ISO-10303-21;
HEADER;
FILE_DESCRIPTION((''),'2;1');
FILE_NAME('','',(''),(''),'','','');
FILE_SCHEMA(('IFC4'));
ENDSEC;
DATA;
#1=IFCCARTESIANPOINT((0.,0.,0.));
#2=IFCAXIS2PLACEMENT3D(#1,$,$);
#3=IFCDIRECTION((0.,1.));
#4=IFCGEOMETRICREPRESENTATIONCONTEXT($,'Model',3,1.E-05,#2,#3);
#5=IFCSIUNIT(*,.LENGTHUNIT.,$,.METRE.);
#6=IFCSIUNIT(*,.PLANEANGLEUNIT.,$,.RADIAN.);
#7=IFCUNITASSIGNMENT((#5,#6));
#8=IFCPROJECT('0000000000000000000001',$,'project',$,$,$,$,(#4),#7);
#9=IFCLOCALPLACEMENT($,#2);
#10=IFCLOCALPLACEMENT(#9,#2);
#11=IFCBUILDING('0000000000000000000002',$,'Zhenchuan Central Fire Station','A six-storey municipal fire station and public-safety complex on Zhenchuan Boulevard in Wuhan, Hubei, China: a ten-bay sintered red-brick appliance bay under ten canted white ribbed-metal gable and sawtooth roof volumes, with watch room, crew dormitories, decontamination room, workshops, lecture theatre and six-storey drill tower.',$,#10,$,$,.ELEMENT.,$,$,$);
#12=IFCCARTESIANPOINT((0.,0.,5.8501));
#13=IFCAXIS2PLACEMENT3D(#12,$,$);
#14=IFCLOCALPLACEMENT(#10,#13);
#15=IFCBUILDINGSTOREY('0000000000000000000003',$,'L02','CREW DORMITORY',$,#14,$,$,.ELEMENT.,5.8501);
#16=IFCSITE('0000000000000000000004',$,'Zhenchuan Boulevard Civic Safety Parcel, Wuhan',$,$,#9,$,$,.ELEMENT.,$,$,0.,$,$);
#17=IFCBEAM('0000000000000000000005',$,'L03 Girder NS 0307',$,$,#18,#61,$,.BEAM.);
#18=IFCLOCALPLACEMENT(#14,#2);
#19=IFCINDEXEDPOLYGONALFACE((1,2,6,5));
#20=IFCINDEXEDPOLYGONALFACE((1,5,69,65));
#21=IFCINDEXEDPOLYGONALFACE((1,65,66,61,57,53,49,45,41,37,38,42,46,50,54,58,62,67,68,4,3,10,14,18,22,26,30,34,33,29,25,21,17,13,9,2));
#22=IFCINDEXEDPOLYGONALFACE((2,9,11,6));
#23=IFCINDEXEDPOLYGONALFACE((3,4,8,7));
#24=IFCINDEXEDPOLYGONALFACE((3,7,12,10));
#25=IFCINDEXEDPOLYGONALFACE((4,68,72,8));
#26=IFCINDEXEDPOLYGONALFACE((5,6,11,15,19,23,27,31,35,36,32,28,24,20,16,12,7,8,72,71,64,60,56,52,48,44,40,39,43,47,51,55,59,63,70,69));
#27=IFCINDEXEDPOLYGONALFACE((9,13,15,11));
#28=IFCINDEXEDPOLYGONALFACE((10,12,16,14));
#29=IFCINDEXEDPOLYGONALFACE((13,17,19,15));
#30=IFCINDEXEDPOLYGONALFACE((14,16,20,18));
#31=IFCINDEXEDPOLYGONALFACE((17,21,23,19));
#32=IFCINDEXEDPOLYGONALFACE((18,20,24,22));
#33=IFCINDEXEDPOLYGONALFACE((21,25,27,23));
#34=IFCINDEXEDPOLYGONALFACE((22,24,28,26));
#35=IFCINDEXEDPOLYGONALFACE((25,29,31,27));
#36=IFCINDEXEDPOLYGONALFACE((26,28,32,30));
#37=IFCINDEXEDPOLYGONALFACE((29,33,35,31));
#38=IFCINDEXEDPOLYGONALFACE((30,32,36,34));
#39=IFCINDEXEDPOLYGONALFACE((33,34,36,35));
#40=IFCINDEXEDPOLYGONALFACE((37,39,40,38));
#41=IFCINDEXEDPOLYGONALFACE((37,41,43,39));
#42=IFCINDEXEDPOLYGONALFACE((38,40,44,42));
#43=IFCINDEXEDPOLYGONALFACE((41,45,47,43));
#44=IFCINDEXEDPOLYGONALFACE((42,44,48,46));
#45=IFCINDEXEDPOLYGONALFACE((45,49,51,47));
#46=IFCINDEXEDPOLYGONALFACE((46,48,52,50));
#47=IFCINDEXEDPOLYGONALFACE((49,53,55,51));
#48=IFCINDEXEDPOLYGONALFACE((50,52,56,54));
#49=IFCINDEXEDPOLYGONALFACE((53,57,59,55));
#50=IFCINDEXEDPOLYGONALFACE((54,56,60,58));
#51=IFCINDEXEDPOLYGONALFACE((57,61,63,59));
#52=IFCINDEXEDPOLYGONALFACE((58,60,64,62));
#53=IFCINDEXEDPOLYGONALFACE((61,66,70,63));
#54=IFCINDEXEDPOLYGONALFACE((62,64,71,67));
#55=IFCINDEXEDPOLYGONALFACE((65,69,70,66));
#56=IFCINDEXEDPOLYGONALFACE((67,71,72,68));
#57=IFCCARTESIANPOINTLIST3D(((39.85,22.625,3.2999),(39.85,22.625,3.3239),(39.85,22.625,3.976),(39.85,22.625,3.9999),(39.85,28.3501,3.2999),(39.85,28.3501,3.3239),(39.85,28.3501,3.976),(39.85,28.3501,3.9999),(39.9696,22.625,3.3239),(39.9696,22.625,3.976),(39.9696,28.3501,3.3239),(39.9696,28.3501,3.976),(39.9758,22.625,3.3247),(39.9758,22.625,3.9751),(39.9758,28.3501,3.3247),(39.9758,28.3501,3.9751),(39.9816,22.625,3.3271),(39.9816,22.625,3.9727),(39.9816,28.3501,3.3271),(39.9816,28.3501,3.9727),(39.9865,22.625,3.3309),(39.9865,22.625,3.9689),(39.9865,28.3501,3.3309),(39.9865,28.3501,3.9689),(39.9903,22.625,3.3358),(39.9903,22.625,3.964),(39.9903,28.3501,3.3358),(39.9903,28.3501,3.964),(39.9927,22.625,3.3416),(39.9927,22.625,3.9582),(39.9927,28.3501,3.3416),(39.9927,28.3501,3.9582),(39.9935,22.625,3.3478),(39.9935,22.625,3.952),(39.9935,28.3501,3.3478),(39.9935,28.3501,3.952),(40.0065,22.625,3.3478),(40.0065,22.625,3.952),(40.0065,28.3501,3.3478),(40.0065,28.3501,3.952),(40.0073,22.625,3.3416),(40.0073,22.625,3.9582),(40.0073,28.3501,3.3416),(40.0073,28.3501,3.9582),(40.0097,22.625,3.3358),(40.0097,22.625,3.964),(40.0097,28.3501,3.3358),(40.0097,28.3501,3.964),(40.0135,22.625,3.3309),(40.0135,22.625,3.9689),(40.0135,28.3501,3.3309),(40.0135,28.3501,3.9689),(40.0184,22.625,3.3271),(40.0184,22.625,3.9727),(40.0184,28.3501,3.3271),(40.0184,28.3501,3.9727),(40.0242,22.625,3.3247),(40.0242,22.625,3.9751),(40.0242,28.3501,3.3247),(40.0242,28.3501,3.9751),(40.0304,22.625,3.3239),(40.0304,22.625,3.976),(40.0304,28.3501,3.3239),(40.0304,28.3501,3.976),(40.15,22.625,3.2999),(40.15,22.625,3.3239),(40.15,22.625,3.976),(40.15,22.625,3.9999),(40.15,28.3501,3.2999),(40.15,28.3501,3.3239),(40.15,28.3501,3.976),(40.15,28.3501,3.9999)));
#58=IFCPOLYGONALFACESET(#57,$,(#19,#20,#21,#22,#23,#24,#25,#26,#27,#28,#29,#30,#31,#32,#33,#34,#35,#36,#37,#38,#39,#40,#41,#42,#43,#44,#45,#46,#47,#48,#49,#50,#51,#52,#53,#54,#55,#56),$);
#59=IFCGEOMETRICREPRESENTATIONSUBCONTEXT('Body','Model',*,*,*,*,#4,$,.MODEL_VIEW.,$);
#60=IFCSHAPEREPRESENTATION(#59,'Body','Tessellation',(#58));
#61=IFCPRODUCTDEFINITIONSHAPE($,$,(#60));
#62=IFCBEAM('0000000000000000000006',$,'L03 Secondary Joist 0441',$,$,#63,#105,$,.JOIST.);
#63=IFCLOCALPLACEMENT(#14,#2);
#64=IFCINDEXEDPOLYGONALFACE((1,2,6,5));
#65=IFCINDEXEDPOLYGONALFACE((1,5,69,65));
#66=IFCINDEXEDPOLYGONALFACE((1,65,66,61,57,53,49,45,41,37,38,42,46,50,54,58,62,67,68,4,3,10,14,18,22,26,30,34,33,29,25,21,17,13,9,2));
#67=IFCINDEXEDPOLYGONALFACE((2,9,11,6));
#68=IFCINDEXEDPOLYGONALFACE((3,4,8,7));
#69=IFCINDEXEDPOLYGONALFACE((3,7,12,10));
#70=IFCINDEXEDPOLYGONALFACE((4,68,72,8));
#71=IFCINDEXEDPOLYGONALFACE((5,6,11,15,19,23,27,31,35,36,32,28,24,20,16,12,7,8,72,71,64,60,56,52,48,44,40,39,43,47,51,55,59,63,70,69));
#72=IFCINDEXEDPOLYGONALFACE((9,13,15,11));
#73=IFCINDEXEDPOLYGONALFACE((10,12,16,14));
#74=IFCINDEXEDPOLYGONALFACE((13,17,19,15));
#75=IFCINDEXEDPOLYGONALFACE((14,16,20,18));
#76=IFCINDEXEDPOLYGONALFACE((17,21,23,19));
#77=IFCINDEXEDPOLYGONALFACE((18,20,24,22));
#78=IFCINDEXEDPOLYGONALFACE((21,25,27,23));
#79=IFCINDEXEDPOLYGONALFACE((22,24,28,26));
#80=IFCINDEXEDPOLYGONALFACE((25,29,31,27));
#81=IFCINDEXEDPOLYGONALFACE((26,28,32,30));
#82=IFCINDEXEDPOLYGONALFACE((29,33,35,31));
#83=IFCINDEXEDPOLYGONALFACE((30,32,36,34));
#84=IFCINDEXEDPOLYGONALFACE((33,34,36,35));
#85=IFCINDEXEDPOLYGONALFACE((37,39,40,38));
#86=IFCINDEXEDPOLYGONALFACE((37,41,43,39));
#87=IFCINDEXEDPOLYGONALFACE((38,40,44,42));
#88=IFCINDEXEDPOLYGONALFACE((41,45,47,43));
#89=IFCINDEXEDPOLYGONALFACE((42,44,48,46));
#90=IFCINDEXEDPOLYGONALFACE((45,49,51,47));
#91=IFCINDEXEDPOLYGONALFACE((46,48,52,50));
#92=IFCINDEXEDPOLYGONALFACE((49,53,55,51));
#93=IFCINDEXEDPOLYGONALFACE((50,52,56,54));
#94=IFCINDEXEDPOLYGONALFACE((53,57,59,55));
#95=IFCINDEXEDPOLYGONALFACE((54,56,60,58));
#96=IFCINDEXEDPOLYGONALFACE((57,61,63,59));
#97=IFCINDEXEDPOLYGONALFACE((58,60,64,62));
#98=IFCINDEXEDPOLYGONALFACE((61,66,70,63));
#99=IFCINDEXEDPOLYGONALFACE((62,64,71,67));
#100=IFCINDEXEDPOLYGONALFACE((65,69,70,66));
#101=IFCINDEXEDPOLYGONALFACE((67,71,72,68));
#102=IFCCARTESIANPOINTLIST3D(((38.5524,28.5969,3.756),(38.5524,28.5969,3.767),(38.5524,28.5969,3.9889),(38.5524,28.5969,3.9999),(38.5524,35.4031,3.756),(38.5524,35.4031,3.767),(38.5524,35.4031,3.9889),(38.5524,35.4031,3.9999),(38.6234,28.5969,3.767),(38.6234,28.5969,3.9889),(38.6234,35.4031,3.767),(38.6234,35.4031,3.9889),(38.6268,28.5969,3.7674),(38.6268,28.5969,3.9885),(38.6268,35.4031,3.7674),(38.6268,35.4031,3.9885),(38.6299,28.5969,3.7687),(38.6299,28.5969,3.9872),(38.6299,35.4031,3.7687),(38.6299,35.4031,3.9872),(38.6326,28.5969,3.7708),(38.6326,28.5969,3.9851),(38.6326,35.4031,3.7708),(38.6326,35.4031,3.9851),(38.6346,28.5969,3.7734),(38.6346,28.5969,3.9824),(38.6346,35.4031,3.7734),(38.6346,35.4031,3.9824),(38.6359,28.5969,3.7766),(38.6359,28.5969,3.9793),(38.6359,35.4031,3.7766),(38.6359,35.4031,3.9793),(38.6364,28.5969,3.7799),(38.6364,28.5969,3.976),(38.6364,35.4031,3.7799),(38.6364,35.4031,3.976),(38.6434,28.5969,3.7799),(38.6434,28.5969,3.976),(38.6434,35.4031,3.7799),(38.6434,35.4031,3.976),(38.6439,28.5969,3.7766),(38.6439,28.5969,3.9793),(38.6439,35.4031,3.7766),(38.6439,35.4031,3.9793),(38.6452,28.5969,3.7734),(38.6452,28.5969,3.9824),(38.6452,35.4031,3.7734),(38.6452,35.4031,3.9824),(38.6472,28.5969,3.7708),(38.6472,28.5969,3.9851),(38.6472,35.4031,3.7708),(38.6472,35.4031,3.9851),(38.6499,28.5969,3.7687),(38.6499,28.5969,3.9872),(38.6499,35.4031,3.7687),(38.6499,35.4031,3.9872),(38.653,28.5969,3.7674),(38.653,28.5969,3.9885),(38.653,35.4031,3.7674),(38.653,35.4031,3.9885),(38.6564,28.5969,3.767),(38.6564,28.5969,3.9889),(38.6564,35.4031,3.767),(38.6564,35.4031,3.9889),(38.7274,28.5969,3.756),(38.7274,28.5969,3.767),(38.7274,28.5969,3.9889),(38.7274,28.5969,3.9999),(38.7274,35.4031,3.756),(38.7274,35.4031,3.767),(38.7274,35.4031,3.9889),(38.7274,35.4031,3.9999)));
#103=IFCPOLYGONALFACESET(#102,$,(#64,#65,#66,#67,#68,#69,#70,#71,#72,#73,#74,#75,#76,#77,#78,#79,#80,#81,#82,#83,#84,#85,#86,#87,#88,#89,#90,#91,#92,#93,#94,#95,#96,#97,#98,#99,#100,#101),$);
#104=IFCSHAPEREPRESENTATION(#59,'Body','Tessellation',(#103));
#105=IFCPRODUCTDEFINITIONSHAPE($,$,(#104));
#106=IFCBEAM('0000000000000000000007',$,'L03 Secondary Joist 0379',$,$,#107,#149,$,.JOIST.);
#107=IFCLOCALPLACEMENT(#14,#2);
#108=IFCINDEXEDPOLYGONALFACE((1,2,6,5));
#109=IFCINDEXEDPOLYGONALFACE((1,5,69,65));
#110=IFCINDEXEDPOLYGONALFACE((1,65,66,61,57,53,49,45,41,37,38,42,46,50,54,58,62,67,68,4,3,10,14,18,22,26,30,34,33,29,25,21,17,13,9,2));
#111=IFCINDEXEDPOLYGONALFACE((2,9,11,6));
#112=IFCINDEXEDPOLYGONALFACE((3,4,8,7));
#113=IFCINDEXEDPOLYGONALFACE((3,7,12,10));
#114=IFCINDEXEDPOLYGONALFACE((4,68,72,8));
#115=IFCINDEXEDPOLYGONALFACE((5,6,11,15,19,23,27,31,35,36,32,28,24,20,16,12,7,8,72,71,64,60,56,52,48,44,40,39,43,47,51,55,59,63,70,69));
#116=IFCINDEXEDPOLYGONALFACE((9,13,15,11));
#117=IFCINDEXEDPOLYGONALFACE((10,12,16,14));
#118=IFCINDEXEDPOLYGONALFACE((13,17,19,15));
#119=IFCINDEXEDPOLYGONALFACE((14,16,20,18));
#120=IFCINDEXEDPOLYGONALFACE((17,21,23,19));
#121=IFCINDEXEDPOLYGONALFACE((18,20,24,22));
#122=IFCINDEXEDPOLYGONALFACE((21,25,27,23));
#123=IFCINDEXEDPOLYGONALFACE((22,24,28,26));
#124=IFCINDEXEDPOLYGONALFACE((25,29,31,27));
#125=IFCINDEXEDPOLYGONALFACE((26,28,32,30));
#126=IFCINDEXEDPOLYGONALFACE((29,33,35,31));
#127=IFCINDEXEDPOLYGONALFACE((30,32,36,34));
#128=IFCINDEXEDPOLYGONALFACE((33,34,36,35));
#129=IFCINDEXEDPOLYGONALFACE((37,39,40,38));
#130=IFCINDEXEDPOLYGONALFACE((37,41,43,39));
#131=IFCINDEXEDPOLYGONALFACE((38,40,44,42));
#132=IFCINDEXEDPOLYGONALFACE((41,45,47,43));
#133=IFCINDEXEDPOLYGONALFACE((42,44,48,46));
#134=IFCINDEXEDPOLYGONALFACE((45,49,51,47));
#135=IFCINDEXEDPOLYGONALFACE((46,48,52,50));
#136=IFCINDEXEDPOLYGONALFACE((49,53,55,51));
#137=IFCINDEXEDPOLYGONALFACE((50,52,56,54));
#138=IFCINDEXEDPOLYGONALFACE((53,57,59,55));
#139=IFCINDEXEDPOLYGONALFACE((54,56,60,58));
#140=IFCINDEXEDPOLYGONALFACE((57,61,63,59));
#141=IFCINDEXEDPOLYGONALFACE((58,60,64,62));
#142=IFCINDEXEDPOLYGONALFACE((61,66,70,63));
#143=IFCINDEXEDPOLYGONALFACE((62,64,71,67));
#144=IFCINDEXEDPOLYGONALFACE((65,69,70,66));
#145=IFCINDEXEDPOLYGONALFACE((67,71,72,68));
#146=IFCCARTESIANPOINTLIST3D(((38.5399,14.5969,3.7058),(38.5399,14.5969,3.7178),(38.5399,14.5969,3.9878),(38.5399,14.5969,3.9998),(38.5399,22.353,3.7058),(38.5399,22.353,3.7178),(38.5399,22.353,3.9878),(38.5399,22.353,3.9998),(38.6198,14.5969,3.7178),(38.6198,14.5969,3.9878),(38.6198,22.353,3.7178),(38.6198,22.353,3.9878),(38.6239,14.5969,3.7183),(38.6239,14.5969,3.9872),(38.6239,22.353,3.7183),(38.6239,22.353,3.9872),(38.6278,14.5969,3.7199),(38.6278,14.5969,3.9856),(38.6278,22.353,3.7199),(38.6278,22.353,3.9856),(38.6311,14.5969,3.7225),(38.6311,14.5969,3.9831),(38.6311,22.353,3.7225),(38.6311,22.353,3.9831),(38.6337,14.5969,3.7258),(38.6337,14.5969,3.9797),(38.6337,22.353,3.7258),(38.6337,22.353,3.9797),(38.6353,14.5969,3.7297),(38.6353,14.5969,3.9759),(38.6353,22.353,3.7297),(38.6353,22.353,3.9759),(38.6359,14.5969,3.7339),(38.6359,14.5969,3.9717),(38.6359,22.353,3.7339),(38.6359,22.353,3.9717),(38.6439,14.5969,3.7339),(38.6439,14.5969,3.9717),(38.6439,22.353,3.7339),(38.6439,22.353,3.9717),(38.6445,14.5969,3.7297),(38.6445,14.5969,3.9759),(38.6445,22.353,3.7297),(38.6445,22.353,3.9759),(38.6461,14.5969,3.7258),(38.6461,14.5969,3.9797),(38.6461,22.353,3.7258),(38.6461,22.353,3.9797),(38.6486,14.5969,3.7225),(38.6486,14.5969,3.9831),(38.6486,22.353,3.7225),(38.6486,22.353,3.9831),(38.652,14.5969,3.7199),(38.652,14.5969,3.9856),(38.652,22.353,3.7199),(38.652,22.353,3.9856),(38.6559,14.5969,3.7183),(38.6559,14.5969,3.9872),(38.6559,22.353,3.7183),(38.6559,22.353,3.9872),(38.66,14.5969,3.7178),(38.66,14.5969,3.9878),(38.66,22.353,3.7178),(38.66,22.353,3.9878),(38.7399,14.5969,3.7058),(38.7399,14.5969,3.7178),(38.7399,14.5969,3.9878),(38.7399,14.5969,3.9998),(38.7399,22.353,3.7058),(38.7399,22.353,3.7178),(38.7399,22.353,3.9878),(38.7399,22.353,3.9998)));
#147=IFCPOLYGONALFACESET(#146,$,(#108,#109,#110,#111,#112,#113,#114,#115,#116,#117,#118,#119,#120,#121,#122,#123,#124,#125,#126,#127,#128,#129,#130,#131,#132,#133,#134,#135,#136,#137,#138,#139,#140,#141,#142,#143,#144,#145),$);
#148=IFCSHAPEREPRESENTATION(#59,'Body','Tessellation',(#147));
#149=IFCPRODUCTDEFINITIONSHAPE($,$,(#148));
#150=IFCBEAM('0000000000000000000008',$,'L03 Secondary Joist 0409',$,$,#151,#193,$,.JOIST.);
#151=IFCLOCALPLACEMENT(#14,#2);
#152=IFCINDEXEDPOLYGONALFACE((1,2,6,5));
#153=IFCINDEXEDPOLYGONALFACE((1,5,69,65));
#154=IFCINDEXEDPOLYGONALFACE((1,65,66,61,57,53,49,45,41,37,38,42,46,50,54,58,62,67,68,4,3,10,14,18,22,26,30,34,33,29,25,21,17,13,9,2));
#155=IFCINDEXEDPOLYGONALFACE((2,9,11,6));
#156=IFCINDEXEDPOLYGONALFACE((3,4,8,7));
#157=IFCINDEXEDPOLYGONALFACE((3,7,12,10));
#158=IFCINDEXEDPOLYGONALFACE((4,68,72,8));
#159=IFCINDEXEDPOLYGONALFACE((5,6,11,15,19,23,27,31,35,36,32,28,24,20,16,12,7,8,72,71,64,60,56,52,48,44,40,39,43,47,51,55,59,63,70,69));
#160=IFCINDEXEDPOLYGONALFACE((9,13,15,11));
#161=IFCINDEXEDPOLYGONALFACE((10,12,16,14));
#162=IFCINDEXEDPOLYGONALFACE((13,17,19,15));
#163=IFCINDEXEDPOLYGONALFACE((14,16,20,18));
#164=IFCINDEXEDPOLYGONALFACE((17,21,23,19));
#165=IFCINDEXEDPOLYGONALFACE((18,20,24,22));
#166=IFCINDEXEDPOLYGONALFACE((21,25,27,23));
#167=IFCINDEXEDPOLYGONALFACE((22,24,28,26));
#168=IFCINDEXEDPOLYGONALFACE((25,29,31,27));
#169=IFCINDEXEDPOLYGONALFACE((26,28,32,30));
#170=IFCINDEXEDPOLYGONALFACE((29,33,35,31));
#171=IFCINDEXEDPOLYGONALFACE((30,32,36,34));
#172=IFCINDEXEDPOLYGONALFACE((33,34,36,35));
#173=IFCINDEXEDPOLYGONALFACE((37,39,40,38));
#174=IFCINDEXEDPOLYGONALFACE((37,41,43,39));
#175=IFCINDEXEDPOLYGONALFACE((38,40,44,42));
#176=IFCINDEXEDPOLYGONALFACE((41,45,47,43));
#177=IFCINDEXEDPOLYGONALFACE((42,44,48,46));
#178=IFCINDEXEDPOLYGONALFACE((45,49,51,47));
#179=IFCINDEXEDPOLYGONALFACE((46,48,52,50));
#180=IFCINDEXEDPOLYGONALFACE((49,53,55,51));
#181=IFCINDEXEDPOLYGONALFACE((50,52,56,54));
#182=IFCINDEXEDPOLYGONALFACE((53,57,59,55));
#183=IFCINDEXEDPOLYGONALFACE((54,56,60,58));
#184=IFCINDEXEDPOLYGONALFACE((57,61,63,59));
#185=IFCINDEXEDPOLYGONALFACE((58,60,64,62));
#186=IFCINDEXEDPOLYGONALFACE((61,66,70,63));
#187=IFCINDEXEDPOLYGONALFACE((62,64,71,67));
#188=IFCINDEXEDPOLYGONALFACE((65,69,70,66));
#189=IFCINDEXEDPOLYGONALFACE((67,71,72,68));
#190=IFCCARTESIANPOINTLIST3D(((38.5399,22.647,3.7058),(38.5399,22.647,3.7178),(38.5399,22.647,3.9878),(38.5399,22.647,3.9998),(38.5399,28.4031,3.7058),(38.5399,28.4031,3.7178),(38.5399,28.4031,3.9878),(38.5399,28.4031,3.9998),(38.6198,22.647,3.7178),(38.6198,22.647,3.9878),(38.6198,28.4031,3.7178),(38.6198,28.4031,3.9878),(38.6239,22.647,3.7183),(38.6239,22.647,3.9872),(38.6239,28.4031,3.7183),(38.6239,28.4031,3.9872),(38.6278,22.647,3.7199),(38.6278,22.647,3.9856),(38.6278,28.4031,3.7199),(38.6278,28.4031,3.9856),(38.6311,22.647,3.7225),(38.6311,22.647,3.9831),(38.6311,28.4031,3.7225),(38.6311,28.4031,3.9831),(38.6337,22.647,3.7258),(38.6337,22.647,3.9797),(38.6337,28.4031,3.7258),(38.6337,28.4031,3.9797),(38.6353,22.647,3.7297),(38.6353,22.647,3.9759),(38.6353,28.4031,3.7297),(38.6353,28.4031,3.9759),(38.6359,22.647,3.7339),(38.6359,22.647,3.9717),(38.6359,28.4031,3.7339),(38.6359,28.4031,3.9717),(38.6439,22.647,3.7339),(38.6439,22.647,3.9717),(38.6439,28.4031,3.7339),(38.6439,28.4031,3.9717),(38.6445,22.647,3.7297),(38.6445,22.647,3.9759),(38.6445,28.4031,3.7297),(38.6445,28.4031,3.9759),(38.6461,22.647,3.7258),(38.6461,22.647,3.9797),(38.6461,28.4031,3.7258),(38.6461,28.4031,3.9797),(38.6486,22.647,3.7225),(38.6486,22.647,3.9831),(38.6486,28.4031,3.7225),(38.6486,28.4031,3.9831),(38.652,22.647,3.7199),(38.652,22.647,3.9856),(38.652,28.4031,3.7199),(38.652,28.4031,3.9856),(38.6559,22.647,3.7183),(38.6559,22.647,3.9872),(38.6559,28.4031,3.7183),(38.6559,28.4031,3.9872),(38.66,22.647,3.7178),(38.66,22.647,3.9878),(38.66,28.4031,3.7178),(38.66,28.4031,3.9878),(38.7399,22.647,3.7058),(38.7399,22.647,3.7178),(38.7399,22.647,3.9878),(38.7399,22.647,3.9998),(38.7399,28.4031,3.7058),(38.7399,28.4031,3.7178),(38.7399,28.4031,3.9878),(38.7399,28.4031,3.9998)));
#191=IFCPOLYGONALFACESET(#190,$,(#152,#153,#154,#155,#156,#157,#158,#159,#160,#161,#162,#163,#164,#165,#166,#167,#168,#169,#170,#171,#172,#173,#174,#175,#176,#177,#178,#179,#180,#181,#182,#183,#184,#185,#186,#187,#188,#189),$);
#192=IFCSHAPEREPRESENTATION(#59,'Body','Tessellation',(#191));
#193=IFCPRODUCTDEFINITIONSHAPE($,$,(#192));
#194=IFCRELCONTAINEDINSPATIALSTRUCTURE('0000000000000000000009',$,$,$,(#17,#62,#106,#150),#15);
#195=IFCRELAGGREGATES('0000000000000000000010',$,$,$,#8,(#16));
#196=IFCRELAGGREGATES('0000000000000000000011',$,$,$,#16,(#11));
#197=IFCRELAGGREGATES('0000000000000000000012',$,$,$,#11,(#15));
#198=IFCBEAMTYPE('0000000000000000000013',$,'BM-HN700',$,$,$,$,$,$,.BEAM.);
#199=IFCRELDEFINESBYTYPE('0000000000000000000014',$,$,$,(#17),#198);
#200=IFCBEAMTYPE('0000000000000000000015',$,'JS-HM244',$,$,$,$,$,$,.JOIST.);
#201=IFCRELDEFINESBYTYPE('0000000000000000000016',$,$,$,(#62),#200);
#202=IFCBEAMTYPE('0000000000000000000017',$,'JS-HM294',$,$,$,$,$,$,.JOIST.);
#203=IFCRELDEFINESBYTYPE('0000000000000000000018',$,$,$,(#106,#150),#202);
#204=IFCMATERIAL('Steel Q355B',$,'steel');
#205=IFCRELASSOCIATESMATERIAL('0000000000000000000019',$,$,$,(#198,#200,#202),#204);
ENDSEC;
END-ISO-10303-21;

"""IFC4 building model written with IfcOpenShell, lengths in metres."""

from ifc_helpers import new_model, si_unit, direction, frame, origin, origin_2d, place, context, subcontext, project, spatial, i_section, extrude, material, material_profile, profile_set, type_object, element, save


model = new_model("IFC4")

# Units and contexts
model_context = context("Model", 3, precision=1e-05, world=origin(), true_north=direction((0.0, 1.0)))
body_context = subcontext(model_context, "Body", "Model", "MODEL_VIEW")
ifc_project = project(units=[si_unit("LENGTHUNIT", "METRE"), si_unit("PLANEANGLEUNIT", "RADIAN")], contexts=[model_context])

# Site, building, storey
site_placement = place(None, origin())
site = spatial("IfcSite", under=ifc_project, at=site_placement, Name="Zhenchuan Boulevard Civic Safety Parcel, Wuhan", CompositionType="ELEMENT", RefElevation=0.0)
building_placement = place(site_placement, origin())
building = spatial("IfcBuilding", under=site, at=building_placement, Name="Zhenchuan Central Fire Station", Description="A six-storey municipal fire station and public-safety complex on Zhenchuan Boulevard in Wuhan, Hubei, China: a ten-bay sintered red-brick appliance bay under ten canted white ribbed-metal gable and sawtooth roof volumes, with watch room, crew dormitories, decontamination room, workshops, lecture theatre and six-storey drill tower.", CompositionType="ELEMENT")
storey_placement = place(building_placement, frame((0.0, 0.0, 5.8501)))
storey = spatial("IfcBuildingStorey", under=building, at=storey_placement, Name="L02", Description="CREW DORMITORY", CompositionType="ELEMENT", Elevation=5.8501)

# Shared definitions
ifc_material_1 = material(Name="Steel Q355B", Category="steel")

# Beams
ifc_material_profile_1 = material_profile(ifc_material_1, i_section(OverallWidth=0.3, OverallDepth=0.7, WebThickness=0.0129, FlangeThickness=0.0239, FilletRadius=0.0239, at=origin_2d()), Name="HN 700x300")
ifc_profile_set_1 = profile_set([ifc_material_profile_1], Name="Steel Q355B")
beam_type_1 = type_object("IfcBeamType", Name="BM-HN700", PredefinedType="BEAM", material=ifc_profile_set_1)
beam_1_placement = place(storey_placement, frame((40.0, 22.625, 3.6499), z_axis=(0.0, 1.0, 0.0), x_axis=(-1.0, 0.0, 0.0)))
element("IfcBeam", 1, at=beam_1_placement, inside=storey, type_object=beam_type_1, Name="L03 Girder NS 0307", PredefinedType="BEAM", context=body_context, shape_type="SweptSolid", body=[
    extrude(i_section(OverallWidth=0.3, OverallDepth=0.7, WebThickness=0.0129, FlangeThickness=0.0239, FilletRadius=0.0239, at=origin_2d()), origin(), (0.0, 0.0, 1.0), 5.7251),
])
ifc_material_profile_2 = material_profile(ifc_material_1, i_section(OverallWidth=0.175, OverallDepth=0.2439, WebThickness=0.0071, FlangeThickness=0.011, FilletRadius=0.0129, at=origin_2d()), Name="HM 244x175")
ifc_profile_set_2 = profile_set([ifc_material_profile_2], Name="Steel Q355B")
beam_type_2 = type_object("IfcBeamType", Name="JS-HM244", PredefinedType="JOIST", material=ifc_profile_set_2)
beam_2_placement = place(storey_placement, frame((38.6399, 28.5969, 3.8779), z_axis=(0.0, 1.0, 0.0), x_axis=(-1.0, 0.0, 0.0)))
element("IfcBeam", 2, at=beam_2_placement, inside=storey, type_object=beam_type_2, Name="L03 Secondary Joist 0441", PredefinedType="JOIST", context=body_context, shape_type="SweptSolid", body=[
    extrude(i_section(OverallWidth=0.175, OverallDepth=0.2439, WebThickness=0.0071, FlangeThickness=0.011, FilletRadius=0.0129, at=origin_2d()), origin(), (0.0, 0.0, 1.0), 6.8062),
])
ifc_material_profile_3 = material_profile(ifc_material_1, i_section(OverallWidth=0.2, OverallDepth=0.2939, WebThickness=0.0081, FlangeThickness=0.012, FilletRadius=0.0161, at=origin_2d()), Name="HM 294x200")
ifc_profile_set_3 = profile_set([ifc_material_profile_3], Name="Steel Q355B")
beam_type_3 = type_object("IfcBeamType", Name="JS-HM294", PredefinedType="JOIST", material=ifc_profile_set_3)
beam_3_placement = place(storey_placement, frame((38.6399, 14.5969, 3.8528), z_axis=(0.0, 1.0, 0.0), x_axis=(-1.0, 0.0, 0.0)))
element("IfcBeam", 3, at=beam_3_placement, inside=storey, type_object=beam_type_3, Name="L03 Secondary Joist 0379", PredefinedType="JOIST", context=body_context, shape_type="SweptSolid", body=[
    extrude(i_section(OverallWidth=0.2, OverallDepth=0.2939, WebThickness=0.0081, FlangeThickness=0.012, FilletRadius=0.0161, at=origin_2d()), origin(), (0.0, 0.0, 1.0), 7.7561),
])
beam_4_placement = place(storey_placement, frame((38.6399, 22.647, 3.8528), z_axis=(0.0, 1.0, 0.0), x_axis=(-1.0, 0.0, 0.0)))
element("IfcBeam", 4, at=beam_4_placement, inside=storey, type_object=beam_type_3, Name="L03 Secondary Joist 0409", PredefinedType="JOIST", context=body_context, shape_type="SweptSolid", body=[
    extrude(i_section(OverallWidth=0.2, OverallDepth=0.2939, WebThickness=0.0081, FlangeThickness=0.012, FilletRadius=0.0161, at=origin_2d()), origin(), (0.0, 0.0, 1.0), 5.7561),
])

save(model, "model.ifc")
